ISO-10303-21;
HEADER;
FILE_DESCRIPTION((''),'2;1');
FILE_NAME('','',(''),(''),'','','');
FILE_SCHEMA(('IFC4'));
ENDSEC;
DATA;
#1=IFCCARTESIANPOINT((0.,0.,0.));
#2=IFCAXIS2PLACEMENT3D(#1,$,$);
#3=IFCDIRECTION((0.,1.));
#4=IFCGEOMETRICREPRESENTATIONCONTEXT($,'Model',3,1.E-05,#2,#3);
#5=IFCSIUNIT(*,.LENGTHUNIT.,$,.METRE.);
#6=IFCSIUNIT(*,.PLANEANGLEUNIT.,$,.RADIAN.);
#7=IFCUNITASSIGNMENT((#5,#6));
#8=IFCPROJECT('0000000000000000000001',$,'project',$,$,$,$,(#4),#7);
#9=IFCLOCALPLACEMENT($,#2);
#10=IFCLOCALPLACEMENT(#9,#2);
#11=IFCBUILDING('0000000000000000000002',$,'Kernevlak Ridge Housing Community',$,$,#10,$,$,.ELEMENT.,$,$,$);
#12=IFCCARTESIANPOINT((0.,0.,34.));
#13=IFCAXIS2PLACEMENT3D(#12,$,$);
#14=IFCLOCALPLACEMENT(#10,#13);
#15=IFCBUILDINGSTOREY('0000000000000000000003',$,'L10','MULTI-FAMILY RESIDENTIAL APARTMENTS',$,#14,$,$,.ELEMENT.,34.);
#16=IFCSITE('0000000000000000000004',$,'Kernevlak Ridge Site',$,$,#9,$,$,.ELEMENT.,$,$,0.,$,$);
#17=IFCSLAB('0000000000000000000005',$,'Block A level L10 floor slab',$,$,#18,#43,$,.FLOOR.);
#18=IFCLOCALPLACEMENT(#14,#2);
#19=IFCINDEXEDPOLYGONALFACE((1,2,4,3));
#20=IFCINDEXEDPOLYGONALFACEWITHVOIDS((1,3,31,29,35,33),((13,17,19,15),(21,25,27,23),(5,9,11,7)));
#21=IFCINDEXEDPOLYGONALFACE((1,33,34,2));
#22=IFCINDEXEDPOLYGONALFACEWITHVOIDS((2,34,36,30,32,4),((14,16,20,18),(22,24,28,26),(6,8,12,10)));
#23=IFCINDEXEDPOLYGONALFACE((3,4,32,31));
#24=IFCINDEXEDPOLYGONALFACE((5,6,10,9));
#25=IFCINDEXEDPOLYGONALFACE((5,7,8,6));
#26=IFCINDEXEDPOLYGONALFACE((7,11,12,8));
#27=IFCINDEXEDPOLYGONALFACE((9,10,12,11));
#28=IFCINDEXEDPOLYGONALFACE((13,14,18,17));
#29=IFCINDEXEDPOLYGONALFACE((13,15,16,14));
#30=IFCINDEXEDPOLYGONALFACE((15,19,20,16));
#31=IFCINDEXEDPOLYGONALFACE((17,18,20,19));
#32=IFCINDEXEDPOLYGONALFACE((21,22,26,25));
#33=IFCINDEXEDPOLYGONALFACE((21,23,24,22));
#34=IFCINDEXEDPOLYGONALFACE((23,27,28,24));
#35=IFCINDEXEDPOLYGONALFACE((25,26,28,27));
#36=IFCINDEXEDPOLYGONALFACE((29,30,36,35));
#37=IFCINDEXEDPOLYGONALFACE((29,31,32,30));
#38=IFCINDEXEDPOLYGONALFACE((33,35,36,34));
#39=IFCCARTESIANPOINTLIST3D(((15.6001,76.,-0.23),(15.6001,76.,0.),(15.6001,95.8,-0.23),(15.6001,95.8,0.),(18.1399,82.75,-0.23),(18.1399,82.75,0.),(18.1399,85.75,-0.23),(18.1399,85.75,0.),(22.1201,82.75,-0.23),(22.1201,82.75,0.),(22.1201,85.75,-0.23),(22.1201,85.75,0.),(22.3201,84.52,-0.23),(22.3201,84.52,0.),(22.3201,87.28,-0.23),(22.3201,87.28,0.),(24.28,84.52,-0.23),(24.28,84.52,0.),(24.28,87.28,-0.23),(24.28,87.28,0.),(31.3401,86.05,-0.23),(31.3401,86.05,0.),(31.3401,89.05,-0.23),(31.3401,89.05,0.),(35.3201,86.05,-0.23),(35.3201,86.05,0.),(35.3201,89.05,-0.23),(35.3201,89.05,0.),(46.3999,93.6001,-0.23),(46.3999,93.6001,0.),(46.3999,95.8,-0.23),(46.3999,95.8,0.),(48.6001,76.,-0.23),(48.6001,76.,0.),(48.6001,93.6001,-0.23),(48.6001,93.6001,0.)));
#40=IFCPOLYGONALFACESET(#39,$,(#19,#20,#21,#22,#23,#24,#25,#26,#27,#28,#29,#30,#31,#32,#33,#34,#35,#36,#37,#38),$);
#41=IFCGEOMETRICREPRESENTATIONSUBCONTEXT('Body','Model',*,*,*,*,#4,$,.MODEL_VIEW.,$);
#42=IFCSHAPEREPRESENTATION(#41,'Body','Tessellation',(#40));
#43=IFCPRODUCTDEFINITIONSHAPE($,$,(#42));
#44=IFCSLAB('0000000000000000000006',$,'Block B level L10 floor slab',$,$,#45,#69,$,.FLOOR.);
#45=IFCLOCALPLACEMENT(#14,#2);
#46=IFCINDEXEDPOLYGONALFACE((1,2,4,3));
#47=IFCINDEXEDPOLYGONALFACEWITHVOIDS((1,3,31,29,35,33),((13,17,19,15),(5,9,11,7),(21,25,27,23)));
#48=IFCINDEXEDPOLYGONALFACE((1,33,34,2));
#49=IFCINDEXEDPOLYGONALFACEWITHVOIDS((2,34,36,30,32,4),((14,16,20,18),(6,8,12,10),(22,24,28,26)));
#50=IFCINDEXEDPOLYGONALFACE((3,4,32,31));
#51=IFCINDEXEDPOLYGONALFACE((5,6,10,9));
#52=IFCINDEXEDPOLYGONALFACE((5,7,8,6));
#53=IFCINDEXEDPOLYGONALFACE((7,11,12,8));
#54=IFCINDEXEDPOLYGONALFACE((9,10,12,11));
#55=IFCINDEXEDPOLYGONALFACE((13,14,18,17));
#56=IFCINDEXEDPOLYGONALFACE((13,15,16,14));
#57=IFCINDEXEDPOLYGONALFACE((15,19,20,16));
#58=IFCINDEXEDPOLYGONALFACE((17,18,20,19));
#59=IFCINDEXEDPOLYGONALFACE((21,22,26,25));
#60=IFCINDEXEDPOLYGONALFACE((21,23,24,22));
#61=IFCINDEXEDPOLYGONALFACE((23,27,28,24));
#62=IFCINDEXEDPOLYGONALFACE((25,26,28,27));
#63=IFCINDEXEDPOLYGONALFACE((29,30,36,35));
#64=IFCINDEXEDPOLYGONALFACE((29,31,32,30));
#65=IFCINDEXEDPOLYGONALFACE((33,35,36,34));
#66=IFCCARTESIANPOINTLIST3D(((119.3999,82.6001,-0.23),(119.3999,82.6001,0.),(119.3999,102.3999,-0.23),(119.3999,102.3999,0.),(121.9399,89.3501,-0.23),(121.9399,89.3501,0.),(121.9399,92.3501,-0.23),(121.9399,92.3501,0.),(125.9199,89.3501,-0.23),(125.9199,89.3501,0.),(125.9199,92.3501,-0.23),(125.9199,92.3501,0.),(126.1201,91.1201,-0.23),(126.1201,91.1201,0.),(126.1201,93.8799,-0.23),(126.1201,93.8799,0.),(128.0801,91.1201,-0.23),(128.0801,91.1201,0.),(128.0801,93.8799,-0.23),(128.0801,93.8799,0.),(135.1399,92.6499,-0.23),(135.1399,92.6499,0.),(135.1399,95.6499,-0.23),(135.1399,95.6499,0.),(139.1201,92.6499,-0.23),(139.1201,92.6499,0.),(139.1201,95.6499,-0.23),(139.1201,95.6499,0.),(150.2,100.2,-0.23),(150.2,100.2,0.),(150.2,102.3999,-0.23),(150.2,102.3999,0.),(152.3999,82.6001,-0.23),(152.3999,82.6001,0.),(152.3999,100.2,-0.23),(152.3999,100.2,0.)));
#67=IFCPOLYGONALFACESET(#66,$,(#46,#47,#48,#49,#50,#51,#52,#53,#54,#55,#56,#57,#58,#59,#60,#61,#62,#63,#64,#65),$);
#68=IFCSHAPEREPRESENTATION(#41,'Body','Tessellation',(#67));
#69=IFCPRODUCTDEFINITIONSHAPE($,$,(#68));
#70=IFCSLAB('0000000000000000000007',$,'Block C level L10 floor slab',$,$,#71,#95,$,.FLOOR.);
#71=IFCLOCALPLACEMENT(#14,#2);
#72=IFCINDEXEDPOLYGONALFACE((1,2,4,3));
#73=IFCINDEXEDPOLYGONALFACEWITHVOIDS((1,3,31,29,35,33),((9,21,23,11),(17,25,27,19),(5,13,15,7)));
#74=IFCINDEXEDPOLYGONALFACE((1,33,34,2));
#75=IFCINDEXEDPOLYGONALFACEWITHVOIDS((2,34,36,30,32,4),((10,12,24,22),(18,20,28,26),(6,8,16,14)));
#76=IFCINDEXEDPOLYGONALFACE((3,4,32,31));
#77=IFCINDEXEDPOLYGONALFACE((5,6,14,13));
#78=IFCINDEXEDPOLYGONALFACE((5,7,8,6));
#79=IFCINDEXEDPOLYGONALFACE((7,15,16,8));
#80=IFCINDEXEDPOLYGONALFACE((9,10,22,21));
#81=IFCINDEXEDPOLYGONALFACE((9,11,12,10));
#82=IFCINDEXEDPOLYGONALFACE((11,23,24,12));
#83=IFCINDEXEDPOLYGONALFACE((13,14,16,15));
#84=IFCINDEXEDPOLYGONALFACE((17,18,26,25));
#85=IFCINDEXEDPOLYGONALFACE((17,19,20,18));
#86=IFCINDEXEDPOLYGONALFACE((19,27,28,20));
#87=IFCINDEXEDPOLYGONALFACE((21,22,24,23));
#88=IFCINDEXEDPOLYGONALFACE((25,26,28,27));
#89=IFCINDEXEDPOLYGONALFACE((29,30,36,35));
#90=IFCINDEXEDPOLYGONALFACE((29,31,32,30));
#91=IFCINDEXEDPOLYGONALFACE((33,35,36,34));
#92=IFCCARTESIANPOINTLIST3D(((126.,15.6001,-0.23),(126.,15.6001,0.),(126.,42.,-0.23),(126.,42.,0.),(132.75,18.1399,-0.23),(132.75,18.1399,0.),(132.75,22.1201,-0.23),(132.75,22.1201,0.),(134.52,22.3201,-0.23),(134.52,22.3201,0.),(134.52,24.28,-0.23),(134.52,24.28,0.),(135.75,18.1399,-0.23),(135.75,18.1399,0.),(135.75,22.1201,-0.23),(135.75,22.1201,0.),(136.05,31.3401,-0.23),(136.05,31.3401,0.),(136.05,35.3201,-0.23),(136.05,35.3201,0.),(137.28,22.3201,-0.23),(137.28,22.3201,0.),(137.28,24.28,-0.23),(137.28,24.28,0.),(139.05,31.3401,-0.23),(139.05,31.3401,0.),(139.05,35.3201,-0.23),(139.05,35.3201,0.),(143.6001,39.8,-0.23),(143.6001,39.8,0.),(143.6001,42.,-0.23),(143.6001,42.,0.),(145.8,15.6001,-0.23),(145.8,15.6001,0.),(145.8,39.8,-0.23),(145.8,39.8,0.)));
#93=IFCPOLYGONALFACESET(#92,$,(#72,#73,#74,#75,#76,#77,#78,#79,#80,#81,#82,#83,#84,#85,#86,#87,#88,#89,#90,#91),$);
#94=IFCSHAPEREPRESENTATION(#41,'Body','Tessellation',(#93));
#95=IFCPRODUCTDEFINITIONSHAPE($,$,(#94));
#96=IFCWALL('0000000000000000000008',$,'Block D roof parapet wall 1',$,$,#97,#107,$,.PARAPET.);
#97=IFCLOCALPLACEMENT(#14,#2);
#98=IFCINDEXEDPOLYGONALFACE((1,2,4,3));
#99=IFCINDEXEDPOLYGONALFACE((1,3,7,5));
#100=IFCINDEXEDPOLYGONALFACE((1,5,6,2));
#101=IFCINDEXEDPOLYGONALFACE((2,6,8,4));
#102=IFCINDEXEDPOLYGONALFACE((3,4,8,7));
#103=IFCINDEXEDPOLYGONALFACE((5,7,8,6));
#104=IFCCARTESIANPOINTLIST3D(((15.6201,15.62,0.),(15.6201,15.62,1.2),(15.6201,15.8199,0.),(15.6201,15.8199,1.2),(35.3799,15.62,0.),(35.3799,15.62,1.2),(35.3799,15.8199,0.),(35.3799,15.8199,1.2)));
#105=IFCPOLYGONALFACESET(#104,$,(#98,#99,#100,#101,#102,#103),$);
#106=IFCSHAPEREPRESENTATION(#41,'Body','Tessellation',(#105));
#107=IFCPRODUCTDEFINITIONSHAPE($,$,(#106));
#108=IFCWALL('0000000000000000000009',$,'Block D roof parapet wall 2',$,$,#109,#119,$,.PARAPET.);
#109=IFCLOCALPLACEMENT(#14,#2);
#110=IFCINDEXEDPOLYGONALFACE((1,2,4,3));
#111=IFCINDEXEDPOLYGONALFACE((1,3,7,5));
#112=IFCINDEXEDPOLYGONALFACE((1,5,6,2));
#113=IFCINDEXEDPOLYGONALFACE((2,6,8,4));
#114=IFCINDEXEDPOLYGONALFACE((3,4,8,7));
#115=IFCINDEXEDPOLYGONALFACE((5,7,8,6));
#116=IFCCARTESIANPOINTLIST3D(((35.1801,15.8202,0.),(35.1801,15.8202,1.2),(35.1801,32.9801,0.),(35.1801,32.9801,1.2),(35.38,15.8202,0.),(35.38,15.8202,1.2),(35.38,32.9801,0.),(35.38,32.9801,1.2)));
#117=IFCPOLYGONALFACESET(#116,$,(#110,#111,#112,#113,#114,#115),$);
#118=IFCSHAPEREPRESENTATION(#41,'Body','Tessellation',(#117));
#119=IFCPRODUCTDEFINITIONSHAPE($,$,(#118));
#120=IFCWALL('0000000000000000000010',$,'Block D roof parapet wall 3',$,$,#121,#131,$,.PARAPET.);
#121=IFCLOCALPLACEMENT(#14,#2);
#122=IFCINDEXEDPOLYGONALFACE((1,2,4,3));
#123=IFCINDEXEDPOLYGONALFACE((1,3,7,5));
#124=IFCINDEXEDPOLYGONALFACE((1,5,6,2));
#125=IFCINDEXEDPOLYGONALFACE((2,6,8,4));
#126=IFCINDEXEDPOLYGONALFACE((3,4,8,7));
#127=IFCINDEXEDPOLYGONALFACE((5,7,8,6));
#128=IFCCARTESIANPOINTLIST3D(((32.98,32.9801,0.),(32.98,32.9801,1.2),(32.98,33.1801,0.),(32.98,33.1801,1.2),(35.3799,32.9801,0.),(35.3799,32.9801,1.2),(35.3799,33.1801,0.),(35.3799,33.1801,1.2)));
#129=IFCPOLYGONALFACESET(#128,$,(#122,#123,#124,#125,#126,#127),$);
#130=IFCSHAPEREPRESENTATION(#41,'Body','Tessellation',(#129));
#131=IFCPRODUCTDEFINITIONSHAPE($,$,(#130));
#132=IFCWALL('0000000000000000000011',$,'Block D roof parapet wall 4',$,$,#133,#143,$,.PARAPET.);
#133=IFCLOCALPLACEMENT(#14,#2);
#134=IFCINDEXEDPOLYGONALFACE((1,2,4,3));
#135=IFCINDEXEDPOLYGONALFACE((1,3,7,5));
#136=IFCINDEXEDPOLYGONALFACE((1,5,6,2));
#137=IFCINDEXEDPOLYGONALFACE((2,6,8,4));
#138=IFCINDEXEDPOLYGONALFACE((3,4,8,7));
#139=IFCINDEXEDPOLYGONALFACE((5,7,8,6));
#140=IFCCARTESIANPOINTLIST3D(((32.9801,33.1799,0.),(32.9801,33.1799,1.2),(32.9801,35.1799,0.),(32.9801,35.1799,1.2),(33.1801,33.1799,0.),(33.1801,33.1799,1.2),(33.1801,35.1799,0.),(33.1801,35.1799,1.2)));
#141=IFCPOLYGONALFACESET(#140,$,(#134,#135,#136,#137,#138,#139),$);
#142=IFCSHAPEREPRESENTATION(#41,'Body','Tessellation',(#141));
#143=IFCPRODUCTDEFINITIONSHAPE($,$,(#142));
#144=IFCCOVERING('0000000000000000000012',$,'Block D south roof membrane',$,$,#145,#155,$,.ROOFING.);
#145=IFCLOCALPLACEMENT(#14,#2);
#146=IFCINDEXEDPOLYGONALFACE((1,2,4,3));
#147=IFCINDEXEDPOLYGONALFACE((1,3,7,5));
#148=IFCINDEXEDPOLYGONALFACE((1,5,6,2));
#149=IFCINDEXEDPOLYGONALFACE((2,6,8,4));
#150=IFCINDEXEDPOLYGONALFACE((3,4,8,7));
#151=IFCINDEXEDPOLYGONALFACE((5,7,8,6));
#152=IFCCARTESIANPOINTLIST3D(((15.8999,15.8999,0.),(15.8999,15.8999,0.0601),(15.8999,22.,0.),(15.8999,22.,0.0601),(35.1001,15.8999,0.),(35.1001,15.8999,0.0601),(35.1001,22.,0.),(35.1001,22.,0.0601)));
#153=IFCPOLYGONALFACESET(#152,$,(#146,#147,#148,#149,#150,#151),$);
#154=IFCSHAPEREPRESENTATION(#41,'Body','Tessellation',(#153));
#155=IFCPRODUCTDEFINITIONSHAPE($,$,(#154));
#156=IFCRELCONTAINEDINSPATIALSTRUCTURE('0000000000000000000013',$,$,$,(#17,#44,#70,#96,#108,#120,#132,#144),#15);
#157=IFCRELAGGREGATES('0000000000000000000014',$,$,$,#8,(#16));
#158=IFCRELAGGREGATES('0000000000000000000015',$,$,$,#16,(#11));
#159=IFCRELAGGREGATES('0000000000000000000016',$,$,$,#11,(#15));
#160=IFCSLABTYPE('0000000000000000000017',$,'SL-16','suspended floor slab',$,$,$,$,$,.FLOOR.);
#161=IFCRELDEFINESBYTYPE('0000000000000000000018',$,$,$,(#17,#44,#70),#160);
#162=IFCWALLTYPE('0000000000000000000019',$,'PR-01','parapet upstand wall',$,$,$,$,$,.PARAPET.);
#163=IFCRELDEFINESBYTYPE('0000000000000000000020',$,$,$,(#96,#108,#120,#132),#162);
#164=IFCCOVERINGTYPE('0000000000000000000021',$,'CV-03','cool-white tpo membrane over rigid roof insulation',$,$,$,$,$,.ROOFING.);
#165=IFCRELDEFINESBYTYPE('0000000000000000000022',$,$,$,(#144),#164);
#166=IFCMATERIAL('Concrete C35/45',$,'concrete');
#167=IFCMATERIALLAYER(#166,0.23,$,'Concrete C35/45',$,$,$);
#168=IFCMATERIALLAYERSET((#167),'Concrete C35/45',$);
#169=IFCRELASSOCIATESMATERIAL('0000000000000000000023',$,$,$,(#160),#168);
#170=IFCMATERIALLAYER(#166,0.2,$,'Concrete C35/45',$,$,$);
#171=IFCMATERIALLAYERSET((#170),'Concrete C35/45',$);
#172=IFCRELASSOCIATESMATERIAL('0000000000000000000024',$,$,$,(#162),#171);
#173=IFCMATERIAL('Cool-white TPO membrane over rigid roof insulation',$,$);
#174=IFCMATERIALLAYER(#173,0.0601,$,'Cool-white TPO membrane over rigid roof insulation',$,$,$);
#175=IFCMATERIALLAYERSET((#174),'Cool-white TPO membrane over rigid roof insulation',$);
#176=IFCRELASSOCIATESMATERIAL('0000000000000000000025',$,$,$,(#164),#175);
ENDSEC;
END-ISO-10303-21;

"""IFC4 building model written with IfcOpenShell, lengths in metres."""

from ifc_helpers import new_model, si_unit, direction, frame, frame_2d, origin, place, context, subcontext, project, spatial, polyline, rectangle, outline, extrude, material, layer, layer_set, type_object, element, save


model = new_model("IFC4")

# Units and contexts
model_context = context("Model", 3, precision=1e-05, world=origin(), true_north=direction((0.0, 1.0)))
body_context = subcontext(model_context, "Body", "Model", "MODEL_VIEW")
ifc_project = project(units=[si_unit("LENGTHUNIT", "METRE"), si_unit("PLANEANGLEUNIT", "RADIAN")], contexts=[model_context])

# Site, building, storey
site_placement = place(None, origin())
site = spatial("IfcSite", under=ifc_project, at=site_placement, Name="Kernevlak Ridge Site", CompositionType="ELEMENT", RefElevation=0.0)
building_placement = place(site_placement, origin())
building = spatial("IfcBuilding", under=site, at=building_placement, Name="Kernevlak Ridge Housing Community", CompositionType="ELEMENT")
storey_placement = place(building_placement, frame((0.0, 0.0, 34.0)))
storey = spatial("IfcBuildingStorey", under=building, at=storey_placement, Name="L10", Description="MULTI-FAMILY RESIDENTIAL APARTMENTS", CompositionType="ELEMENT", Elevation=34.0)

# Shared definitions
ifc_material_1 = material(Name="Concrete C35/45", Category="concrete")

# Slabs
ifc_layer_1 = layer(ifc_material_1, 0.23, Name="Concrete C35/45")
ifc_layer_set_1 = layer_set([ifc_layer_1], Name="Concrete C35/45")
slab_type_1 = type_object("IfcSlabType", Name="SL-16", Description="suspended floor slab", PredefinedType="FLOOR", material=ifc_layer_set_1)
slab_1_placement = place(storey_placement, frame((0.0, 0.0, -0.23)))
element("IfcSlab", 1, at=slab_1_placement, inside=storey, type_object=slab_type_1, Name="Block A level L10 floor slab", PredefinedType="FLOOR", context=body_context, shape_type="SweptSolid", body=[
    extrude(outline(polyline([(15.6001, 76.0), (48.6001, 76.0), (48.6001, 93.6001), (46.3999, 93.6001), (46.3999, 95.8), (15.6001, 95.8), (15.6001, 76.0)]), holes=[polyline([(18.1399, 85.75), (22.1201, 85.75), (22.1201, 82.75), (18.1399, 82.75), (18.1399, 85.75)]), polyline([(31.3401, 89.05), (35.3201, 89.05), (35.3201, 86.05), (31.3401, 86.05), (31.3401, 89.05)]), polyline([(22.3201, 87.28), (24.28, 87.28), (24.28, 84.52), (22.3201, 84.52), (22.3201, 87.28)])]), origin(), (0.0, 0.0, 1.0), 0.23),
])
slab_2_placement = place(storey_placement, frame((0.0, 0.0, -0.23)))
element("IfcSlab", 2, at=slab_2_placement, inside=storey, type_object=slab_type_1, Name="Block B level L10 floor slab", PredefinedType="FLOOR", context=body_context, shape_type="SweptSolid", body=[
    extrude(outline(polyline([(119.3999, 82.6001), (152.3999, 82.6001), (152.3999, 100.2), (150.2, 100.2), (150.2, 102.3999), (119.3999, 102.3999), (119.3999, 82.6001)]), holes=[polyline([(121.9399, 92.3501), (125.9199, 92.3501), (125.9199, 89.3501), (121.9399, 89.3501), (121.9399, 92.3501)]), polyline([(135.1399, 95.6499), (139.1201, 95.6499), (139.1201, 92.6499), (135.1399, 92.6499), (135.1399, 95.6499)]), polyline([(126.1201, 93.8799), (128.0801, 93.8799), (128.0801, 91.1201), (126.1201, 91.1201), (126.1201, 93.8799)])]), origin(), (0.0, 0.0, 1.0), 0.23),
])
slab_3_placement = place(storey_placement, frame((0.0, 0.0, -0.23)))
element("IfcSlab", 3, at=slab_3_placement, inside=storey, type_object=slab_type_1, Name="Block C level L10 floor slab", PredefinedType="FLOOR", context=body_context, shape_type="SweptSolid", body=[
    extrude(outline(polyline([(145.8, 15.6001), (145.8, 39.8), (143.6001, 39.8), (143.6001, 42.0), (126.0, 42.0), (126.0, 15.6001), (145.8, 15.6001)]), holes=[polyline([(132.75, 18.1399), (132.75, 22.1201), (135.75, 22.1201), (135.75, 18.1399), (132.75, 18.1399)]), polyline([(136.05, 31.3401), (136.05, 35.3201), (139.05, 35.3201), (139.05, 31.3401), (136.05, 31.3401)]), polyline([(134.52, 24.28), (137.28, 24.28), (137.28, 22.3201), (134.52, 22.3201), (134.52, 24.28)])]), origin(), (0.0, 0.0, 1.0), 0.23),
])

# Walls
ifc_layer_2 = layer(ifc_material_1, 0.2, Name="Concrete C35/45")
ifc_layer_set_2 = layer_set([ifc_layer_2], Name="Concrete C35/45")
wall_type = type_object("IfcWallType", Name="PR-01", Description="parapet upstand wall", PredefinedType="PARAPET", material=ifc_layer_set_2)
wall_1_placement = place(storey_placement, frame((15.6201, 15.72, 0.0), z_axis=(0.0, 0.0, 1.0), x_axis=(1.0, 0.0, 0.0)))
element("IfcWall", 4, at=wall_1_placement, inside=storey, type_object=wall_type, Name="Block D roof parapet wall 1", PredefinedType="PARAPET", context=body_context, shape_type="SweptSolid", body=[
    extrude(rectangle(XDim=19.7598, YDim=0.2, at=frame_2d((9.8799, 0.0))), origin(), (0.0, 0.0, 1.0), 1.2),
])
wall_2_placement = place(storey_placement, frame((35.28, 15.8201, 0.0), z_axis=(0.0, 0.0, 1.0), x_axis=(0.0, 1.0, 0.0)))
element("IfcWall", 5, at=wall_2_placement, inside=storey, type_object=wall_type, Name="Block D roof parapet wall 2", PredefinedType="PARAPET", context=body_context, shape_type="SweptSolid", body=[
    extrude(rectangle(XDim=17.1599, YDim=0.2, at=frame_2d((8.5801, 0.0))), origin(), (0.0, 0.0, 1.0), 1.2),
])
wall_3_placement = place(storey_placement, frame((35.3799, 33.0801, 0.0), z_axis=(0.0, 0.0, 1.0), x_axis=(-1.0, 0.0, 0.0)))
element("IfcWall", 6, at=wall_3_placement, inside=storey, type_object=wall_type, Name="Block D roof parapet wall 3", PredefinedType="PARAPET", context=body_context, shape_type="SweptSolid", body=[
    extrude(rectangle(XDim=2.3999, YDim=0.2, at=frame_2d((1.2, 0.0))), origin(), (0.0, 0.0, 1.0), 1.2),
])
wall_4_placement = place(storey_placement, frame((33.0801, 33.1799, 0.0), z_axis=(0.0, 0.0, 1.0), x_axis=(0.0, 1.0, 0.0)))
element("IfcWall", 7, at=wall_4_placement, inside=storey, type_object=wall_type, Name="Block D roof parapet wall 4", PredefinedType="PARAPET", context=body_context, shape_type="SweptSolid", body=[
    extrude(rectangle(XDim=2.0, YDim=0.2, at=frame_2d((1.0, 0.0))), origin(), (0.0, 0.0, 1.0), 1.2),
])

# Covering
ifc_material_2 = material(Name="Cool-white TPO membrane over rigid roof insulation")
ifc_layer_3 = layer(ifc_material_2, 0.0601, Name="Cool-white TPO membrane over rigid roof insulation")
ifc_layer_set_3 = layer_set([ifc_layer_3], Name="Cool-white TPO membrane over rigid roof insulation")
covering_type = type_object("IfcCoveringType", Name="CV-03", Description="cool-white tpo membrane over rigid roof insulation", PredefinedType="ROOFING", material=ifc_layer_set_3)
covering_placement = place(storey_placement, origin())
element("IfcCovering", 8, at=covering_placement, inside=storey, type_object=covering_type, Name="Block D south roof membrane", PredefinedType="ROOFING", context=body_context, shape_type="SweptSolid", body=[
    extrude(outline(polyline([(15.8999, 15.8999), (35.1001, 15.8999), (35.1001, 22.0), (15.8999, 22.0), (15.8999, 15.8999)])), origin(), (0.0, 0.0, 1.0), 0.0601),
])

save(model, "model.ifc")
